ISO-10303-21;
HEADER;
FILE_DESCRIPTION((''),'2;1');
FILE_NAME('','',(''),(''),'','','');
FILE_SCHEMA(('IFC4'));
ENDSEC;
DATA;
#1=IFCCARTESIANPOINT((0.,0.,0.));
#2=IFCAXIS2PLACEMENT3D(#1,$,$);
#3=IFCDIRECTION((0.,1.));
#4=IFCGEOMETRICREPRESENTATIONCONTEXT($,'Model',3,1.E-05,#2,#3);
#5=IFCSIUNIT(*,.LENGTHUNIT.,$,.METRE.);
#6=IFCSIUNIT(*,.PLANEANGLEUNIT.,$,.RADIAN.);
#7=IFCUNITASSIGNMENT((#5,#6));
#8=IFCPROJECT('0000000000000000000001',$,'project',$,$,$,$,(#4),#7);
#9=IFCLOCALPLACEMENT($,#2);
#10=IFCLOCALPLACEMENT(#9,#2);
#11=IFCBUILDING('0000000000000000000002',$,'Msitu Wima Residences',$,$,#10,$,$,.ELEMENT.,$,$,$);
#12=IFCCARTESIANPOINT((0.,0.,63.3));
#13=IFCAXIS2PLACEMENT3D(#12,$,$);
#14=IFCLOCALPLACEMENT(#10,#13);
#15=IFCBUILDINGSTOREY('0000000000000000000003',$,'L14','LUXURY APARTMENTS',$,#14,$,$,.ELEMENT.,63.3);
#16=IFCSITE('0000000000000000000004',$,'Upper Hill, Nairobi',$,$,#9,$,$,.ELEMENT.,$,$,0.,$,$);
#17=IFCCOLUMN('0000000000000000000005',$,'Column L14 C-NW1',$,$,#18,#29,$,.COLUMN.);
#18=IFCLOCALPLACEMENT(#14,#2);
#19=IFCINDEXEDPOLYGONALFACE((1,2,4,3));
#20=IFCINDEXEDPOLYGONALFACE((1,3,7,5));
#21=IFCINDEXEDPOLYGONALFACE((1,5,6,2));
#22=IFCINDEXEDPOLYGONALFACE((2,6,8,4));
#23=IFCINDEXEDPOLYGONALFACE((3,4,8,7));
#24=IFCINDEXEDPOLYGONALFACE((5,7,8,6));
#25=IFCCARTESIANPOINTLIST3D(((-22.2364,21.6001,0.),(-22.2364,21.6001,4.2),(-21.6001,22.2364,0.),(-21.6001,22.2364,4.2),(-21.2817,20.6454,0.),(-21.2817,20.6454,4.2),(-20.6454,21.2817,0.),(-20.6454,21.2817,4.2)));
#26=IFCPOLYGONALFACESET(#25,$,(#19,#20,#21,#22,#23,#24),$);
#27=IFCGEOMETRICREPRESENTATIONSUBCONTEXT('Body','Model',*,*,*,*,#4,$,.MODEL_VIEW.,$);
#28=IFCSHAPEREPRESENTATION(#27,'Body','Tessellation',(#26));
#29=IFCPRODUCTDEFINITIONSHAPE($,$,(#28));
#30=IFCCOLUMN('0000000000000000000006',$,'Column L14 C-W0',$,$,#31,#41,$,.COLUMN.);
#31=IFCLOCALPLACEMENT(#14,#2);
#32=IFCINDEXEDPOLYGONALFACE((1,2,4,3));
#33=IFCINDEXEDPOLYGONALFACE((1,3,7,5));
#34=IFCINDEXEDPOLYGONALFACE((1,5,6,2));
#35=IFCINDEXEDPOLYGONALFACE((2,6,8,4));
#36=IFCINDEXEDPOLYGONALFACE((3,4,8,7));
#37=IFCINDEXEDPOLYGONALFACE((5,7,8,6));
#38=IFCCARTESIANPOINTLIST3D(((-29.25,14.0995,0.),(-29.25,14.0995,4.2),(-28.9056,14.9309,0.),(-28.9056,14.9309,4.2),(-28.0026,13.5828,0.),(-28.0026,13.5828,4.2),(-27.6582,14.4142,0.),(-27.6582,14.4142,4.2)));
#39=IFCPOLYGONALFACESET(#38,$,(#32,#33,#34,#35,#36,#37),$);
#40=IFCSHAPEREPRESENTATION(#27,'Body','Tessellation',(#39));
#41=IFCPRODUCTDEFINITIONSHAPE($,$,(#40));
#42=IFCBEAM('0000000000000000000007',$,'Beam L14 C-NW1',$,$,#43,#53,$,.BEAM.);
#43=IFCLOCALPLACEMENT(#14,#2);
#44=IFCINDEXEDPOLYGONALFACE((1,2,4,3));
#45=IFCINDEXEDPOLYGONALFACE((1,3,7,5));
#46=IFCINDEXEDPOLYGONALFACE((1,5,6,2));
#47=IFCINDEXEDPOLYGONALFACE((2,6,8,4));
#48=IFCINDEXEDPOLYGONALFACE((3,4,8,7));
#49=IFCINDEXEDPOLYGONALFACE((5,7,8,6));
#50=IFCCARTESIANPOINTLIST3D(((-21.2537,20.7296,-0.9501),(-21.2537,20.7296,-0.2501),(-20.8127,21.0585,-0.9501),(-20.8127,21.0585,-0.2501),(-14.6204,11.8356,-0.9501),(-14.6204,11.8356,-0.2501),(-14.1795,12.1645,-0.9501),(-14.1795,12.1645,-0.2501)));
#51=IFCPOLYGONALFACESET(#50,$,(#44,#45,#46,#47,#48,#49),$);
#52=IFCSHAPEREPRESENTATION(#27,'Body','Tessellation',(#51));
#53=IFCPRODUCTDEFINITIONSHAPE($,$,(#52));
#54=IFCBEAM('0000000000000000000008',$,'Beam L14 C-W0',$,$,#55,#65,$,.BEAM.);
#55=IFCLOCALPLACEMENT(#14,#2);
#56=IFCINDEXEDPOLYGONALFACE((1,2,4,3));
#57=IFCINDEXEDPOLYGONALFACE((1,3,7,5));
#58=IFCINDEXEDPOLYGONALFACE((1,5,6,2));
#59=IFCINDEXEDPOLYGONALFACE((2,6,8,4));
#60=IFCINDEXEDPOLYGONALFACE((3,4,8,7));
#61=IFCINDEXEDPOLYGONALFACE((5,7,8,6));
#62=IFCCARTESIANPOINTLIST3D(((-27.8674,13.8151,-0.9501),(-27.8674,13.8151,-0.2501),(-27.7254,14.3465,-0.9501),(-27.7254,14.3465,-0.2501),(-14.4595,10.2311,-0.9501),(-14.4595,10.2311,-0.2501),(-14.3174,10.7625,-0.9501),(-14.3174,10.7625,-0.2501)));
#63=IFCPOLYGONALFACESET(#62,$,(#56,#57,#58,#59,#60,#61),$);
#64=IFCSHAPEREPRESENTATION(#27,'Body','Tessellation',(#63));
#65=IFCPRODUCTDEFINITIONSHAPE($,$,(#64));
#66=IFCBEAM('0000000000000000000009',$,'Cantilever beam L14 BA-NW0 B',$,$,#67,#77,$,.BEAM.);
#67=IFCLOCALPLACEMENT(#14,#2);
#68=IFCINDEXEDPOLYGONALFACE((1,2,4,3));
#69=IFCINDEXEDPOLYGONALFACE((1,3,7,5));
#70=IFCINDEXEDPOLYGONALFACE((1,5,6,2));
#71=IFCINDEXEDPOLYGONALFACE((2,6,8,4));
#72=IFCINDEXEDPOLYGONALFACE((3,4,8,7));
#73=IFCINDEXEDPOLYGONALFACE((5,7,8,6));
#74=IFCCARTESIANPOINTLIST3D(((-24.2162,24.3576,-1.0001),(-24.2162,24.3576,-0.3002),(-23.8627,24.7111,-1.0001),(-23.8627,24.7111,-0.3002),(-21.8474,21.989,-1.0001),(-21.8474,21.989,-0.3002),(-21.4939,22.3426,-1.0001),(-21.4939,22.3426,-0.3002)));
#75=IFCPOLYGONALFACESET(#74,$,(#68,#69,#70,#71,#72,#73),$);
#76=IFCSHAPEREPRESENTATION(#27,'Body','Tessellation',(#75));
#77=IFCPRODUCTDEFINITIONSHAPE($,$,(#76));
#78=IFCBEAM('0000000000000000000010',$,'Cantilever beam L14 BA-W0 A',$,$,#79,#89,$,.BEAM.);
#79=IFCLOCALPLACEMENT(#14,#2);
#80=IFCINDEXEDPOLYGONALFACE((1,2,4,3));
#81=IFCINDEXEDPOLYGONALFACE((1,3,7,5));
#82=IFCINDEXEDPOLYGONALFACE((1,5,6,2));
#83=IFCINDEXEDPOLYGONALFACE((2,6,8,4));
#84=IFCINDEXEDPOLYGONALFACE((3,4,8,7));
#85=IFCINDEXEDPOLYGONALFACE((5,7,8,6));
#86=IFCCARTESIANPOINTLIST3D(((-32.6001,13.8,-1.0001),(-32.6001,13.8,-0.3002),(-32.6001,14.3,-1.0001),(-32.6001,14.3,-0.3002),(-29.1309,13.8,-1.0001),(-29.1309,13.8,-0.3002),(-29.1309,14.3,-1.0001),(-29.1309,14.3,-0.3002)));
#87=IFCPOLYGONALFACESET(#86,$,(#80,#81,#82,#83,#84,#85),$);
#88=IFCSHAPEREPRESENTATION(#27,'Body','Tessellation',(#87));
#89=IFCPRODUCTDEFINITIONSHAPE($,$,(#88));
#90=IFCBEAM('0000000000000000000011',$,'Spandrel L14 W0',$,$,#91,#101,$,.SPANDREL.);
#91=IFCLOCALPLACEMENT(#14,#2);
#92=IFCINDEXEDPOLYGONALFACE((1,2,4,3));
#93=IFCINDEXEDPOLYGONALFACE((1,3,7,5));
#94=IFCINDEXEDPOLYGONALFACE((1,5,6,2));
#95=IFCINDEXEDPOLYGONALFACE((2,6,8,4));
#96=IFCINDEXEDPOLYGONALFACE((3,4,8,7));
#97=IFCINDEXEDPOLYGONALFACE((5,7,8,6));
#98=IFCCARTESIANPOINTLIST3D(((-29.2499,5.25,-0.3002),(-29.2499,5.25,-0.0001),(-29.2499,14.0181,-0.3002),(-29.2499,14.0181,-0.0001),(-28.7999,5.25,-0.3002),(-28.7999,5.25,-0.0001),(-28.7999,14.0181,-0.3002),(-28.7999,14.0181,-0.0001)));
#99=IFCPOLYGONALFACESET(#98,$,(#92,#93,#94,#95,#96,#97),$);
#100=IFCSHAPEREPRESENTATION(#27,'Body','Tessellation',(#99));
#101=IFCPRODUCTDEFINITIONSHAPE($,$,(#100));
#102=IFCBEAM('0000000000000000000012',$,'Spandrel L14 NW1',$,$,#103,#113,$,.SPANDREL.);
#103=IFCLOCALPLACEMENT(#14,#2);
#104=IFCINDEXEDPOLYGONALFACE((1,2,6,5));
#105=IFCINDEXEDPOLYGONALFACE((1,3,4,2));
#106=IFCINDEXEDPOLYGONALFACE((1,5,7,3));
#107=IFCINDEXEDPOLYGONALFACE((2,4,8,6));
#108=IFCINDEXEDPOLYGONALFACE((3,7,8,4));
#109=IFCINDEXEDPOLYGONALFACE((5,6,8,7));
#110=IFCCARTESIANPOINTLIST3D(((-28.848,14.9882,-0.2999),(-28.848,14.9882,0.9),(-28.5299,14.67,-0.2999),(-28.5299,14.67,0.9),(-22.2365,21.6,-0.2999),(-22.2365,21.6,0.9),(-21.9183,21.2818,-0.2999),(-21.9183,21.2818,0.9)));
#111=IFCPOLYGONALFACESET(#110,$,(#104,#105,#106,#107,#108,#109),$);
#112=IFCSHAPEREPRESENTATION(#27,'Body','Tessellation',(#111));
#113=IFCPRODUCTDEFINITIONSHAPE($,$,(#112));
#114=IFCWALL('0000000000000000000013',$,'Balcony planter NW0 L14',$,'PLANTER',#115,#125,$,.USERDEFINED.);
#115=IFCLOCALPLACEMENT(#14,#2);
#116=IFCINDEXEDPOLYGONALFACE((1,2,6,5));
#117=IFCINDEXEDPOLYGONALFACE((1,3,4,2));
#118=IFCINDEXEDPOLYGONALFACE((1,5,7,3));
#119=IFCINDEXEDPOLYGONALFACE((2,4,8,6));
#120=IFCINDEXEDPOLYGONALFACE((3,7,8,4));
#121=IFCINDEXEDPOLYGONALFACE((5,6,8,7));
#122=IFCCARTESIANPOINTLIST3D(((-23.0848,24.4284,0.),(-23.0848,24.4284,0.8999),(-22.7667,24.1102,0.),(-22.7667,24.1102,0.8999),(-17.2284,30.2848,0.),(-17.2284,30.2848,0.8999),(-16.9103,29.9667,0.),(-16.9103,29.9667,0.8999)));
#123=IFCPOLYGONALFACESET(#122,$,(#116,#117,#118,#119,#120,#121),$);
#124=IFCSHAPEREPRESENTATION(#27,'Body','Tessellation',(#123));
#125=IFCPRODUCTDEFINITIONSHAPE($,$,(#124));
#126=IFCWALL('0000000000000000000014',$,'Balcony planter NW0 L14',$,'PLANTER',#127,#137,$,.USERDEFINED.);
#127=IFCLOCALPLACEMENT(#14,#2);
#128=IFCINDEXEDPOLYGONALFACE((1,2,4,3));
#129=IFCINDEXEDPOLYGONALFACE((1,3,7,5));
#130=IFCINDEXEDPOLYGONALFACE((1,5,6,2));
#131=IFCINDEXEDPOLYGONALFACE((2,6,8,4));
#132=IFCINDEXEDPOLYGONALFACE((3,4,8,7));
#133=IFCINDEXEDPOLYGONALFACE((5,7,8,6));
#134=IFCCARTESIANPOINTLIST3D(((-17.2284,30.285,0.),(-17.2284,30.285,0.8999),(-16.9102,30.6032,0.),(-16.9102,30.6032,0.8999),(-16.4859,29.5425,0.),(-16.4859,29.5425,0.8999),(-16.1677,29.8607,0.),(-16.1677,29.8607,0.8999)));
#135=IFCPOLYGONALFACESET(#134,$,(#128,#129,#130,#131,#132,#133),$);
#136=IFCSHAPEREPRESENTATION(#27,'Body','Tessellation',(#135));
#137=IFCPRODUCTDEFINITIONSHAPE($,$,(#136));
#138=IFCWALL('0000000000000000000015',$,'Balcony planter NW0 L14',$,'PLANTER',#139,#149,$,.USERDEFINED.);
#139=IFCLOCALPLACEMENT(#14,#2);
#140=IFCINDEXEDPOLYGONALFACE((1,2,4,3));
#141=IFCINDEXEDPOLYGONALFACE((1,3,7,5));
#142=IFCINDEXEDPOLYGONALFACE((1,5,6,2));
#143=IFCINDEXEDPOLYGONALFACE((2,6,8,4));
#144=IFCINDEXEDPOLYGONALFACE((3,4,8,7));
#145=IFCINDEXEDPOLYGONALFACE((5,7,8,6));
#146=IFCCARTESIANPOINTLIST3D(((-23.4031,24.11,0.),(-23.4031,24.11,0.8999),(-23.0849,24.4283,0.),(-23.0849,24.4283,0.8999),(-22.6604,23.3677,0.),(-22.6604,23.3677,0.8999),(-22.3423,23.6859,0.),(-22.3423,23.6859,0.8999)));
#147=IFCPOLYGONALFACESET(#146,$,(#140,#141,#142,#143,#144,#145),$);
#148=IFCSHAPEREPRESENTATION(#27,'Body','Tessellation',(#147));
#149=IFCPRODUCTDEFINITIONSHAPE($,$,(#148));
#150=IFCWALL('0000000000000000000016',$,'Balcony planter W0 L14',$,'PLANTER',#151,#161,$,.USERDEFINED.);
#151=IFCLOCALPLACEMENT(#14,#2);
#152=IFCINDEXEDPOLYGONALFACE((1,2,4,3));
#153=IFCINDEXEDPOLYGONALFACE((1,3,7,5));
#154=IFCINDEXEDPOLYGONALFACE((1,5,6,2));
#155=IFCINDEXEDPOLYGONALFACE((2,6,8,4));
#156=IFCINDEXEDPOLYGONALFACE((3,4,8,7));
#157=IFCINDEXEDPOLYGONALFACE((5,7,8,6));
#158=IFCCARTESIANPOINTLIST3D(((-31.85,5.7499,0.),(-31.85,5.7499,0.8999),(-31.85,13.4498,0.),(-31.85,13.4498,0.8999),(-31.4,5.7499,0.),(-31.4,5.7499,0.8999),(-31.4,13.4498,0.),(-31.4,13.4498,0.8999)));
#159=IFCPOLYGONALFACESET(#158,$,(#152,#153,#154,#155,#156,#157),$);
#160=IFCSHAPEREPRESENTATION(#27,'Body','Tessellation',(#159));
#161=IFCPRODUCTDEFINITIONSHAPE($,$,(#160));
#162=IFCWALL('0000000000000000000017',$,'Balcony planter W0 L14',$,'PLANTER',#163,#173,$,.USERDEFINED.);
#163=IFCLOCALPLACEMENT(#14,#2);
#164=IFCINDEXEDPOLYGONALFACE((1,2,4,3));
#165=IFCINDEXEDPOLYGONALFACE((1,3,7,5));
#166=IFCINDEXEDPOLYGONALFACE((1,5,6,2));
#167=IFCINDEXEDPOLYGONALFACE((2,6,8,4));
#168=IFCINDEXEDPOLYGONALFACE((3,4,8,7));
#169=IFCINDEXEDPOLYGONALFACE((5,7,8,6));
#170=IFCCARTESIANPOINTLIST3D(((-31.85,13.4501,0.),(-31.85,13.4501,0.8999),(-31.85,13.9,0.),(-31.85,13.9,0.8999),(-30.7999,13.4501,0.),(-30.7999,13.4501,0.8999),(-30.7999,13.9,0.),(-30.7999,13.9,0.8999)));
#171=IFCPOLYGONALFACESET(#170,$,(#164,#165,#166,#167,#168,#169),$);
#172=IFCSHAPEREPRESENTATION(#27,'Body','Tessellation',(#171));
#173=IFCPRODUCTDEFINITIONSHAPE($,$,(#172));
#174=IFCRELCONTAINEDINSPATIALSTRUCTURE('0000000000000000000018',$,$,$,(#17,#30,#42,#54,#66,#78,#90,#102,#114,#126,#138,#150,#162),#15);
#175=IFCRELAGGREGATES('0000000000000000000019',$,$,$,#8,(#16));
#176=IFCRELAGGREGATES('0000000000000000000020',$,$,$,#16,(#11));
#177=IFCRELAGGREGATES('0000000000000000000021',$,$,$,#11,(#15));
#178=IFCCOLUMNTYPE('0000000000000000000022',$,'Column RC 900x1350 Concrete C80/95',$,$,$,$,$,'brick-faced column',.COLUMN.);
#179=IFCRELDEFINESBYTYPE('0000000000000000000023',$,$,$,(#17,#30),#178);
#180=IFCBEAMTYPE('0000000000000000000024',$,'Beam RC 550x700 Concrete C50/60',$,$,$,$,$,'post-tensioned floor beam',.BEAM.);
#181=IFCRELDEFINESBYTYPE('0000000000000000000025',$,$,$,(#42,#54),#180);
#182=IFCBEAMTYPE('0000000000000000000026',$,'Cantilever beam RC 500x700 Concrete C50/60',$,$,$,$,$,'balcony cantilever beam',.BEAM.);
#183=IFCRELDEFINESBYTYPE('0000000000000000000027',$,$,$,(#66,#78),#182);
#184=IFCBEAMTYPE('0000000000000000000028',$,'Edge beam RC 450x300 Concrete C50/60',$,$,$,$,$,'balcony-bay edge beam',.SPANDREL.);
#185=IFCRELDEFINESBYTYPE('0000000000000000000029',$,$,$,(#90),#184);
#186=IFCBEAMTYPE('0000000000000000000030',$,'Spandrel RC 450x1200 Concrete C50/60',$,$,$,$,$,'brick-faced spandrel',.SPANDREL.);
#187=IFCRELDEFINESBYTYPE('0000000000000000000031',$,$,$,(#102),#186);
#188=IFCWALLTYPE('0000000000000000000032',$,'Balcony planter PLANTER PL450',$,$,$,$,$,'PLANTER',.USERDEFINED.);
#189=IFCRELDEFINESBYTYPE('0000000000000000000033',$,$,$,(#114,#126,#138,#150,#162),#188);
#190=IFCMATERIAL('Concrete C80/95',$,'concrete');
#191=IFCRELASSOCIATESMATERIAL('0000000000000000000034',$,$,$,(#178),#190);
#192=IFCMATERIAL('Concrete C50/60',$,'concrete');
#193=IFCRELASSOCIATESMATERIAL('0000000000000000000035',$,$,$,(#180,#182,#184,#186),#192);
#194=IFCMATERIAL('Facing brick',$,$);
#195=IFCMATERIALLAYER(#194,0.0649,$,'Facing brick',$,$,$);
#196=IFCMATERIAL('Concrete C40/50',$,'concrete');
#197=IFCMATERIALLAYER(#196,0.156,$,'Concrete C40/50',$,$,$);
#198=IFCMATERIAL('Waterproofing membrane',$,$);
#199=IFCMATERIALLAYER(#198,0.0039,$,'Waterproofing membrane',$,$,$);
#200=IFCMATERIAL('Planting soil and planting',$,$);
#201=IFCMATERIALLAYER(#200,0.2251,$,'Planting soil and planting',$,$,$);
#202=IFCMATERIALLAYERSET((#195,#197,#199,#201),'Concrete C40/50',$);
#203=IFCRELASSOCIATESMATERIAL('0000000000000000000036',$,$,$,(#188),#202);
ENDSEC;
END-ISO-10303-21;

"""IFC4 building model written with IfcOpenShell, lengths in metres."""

from ifc_helpers import new_model, si_unit, direction, frame, frame_2d, origin, origin_2d, place, context, subcontext, project, spatial, rectangle, extrude, material, layer, layer_set, material_profile, profile_set, type_object, element, save


model = new_model("IFC4")

# Units and contexts
model_context = context("Model", 3, precision=1e-05, world=origin(), true_north=direction((0.0, 1.0)))
body_context = subcontext(model_context, "Body", "Model", "MODEL_VIEW")
ifc_project = project(units=[si_unit("LENGTHUNIT", "METRE"), si_unit("PLANEANGLEUNIT", "RADIAN")], contexts=[model_context])

# Site, building, storey
site_placement = place(None, origin())
site = spatial("IfcSite", under=ifc_project, at=site_placement, Name="Upper Hill, Nairobi", CompositionType="ELEMENT", RefElevation=0.0)
building_placement = place(site_placement, origin())
building = spatial("IfcBuilding", under=site, at=building_placement, Name="Msitu Wima Residences", CompositionType="ELEMENT")
storey_placement = place(building_placement, frame((0.0, 0.0, 63.3)))
storey = spatial("IfcBuildingStorey", under=building, at=storey_placement, Name="L14", Description="LUXURY APARTMENTS", CompositionType="ELEMENT", Elevation=63.3)

# Columns
ifc_material_1 = material(Name="Concrete C80/95", Category="concrete")
ifc_material_profile_1 = material_profile(ifc_material_1, rectangle(XDim=0.8999, YDim=1.3501, at=origin_2d()), Name="RC 900x1350")
ifc_profile_set_1 = profile_set([ifc_material_profile_1], Name="Concrete C80/95")
column_type = type_object("IfcColumnType", Name="Column RC 900x1350 Concrete C80/95", ElementType="brick-faced column", PredefinedType="COLUMN", material=ifc_profile_set_1)
for number, where, z_axis, x_axis, name in (
    (1, (-21.4409, 21.4409, 0.0), (0.0, 0.0, 1.0), (-0.707107, -0.707107, 0.0), "Column L14 C-NW1"),
    (2, (-28.4541, 14.2568, 0.0), (0.0, 0.0, 1.0), (-0.382683, -0.92388, 0.0), "Column L14 C-W0"),
):
    element("IfcColumn", number, at=place(storey_placement, frame(where, z_axis=z_axis, x_axis=x_axis)), inside=storey, type_object=column_type, Name=name, PredefinedType="COLUMN", context=body_context, shape_type="SweptSolid", body=[
        extrude(rectangle(XDim=0.8999, YDim=1.3501, at=origin_2d()), origin(), (0.0, 0.0, 1.0), 4.2),
    ])

# Beams
ifc_material_2 = material(Name="Concrete C50/60", Category="concrete")
ifc_material_profile_2 = material_profile(ifc_material_2, rectangle(XDim=0.55, YDim=0.7, at=origin_2d()), Name="RC 550x700")
ifc_profile_set_2 = profile_set([ifc_material_profile_2], Name="Concrete C50/60")
beam_type_1 = type_object("IfcBeamType", Name="Beam RC 550x700 Concrete C50/60", ElementType="post-tensioned floor beam", PredefinedType="BEAM", material=ifc_profile_set_2)
beam_1_placement = place(storey_placement, frame((-21.0332, 20.894, -0.6001), z_axis=(0.59785, -0.801608, 0.0), x_axis=(0.801608, 0.59785, 0.0)))
element("IfcBeam", 3, at=beam_1_placement, inside=storey, type_object=beam_type_1, Name="Beam L14 C-NW1", PredefinedType="BEAM", context=body_context, shape_type="SweptSolid", body=[
    extrude(rectangle(XDim=0.55, YDim=0.7, at=origin_2d()), origin(), (0.0, 0.0, 1.0), 11.0952),
])
beam_2_placement = place(storey_placement, frame((-27.7964, 14.0808, -0.6001), z_axis=(0.966082, -0.258236, 0.0), x_axis=(0.258236, 0.966082, 0.0)))
element("IfcBeam", 4, at=beam_2_placement, inside=storey, type_object=beam_type_1, Name="Beam L14 C-W0", PredefinedType="BEAM", context=body_context, shape_type="SweptSolid", body=[
    extrude(rectangle(XDim=0.55, YDim=0.7, at=origin_2d()), origin(), (0.0, 0.0, 1.0), 13.8787),
])
ifc_material_profile_3 = material_profile(ifc_material_2, rectangle(XDim=0.5, YDim=0.7, at=origin_2d()), Name="RC 500x700")
ifc_profile_set_3 = profile_set([ifc_material_profile_3], Name="Concrete C50/60")
beam_type_2 = type_object("IfcBeamType", Name="Cantilever beam RC 500x700 Concrete C50/60", ElementType="balcony cantilever beam", PredefinedType="BEAM", material=ifc_profile_set_3)
beam_3_placement = place(storey_placement, frame((-21.6707, 22.1658, -0.6501), z_axis=(-0.707143, 0.70707, 0.0), x_axis=(-0.70707, -0.707143, 0.0)))
element("IfcBeam", 5, at=beam_3_placement, inside=storey, type_object=beam_type_2, Name="Cantilever beam L14 BA-NW0 B", PredefinedType="BEAM", context=body_context, shape_type="SweptSolid", body=[
    extrude(rectangle(XDim=0.5, YDim=0.7, at=origin_2d()), origin(), (0.0, 0.0, 1.0), 3.3499),
])
beam_4_placement = place(storey_placement, frame((-29.1309, 14.05, -0.6501), z_axis=(-1.0, 0.0, 0.0), x_axis=(0.0, -1.0, 0.0)))
element("IfcBeam", 6, at=beam_4_placement, inside=storey, type_object=beam_type_2, Name="Cantilever beam L14 BA-W0 A", PredefinedType="BEAM", context=body_context, shape_type="SweptSolid", body=[
    extrude(rectangle(XDim=0.5, YDim=0.7, at=origin_2d()), origin(), (0.0, 0.0, 1.0), 3.4692),
])
ifc_material_profile_4 = material_profile(ifc_material_2, rectangle(XDim=0.45, YDim=0.3, at=origin_2d()), Name="RC 450x300")
ifc_profile_set_4 = profile_set([ifc_material_profile_4], Name="Concrete C50/60")
beam_type_3 = type_object("IfcBeamType", Name="Edge beam RC 450x300 Concrete C50/60", ElementType="balcony-bay edge beam", PredefinedType="SPANDREL", material=ifc_profile_set_4)
beam_5_placement = place(storey_placement, frame((-29.0249, 14.0181, -0.1501), z_axis=(0.0, -1.0, 0.0), x_axis=(1.0, 0.0, 0.0)))
element("IfcBeam", 7, at=beam_5_placement, inside=storey, type_object=beam_type_3, Name="Spandrel L14 W0", PredefinedType="SPANDREL", context=body_context, shape_type="SweptSolid", body=[
    extrude(rectangle(XDim=0.45, YDim=0.3, at=origin_2d()), origin(), (0.0, 0.0, 1.0), 8.7681),
])
ifc_material_profile_5 = material_profile(ifc_material_2, rectangle(XDim=0.45, YDim=1.2, at=origin_2d()), Name="RC 450x1200")
ifc_profile_set_5 = profile_set([ifc_material_profile_5], Name="Concrete C50/60")
beam_type_4 = type_object("IfcBeamType", Name="Spandrel RC 450x1200 Concrete C50/60", ElementType="brick-faced spandrel", PredefinedType="SPANDREL", material=ifc_profile_set_5)
beam_6_placement = place(storey_placement, frame((-22.0774, 21.4409, 0.3), z_axis=(-0.707094, -0.70712, 0.0), x_axis=(0.70712, -0.707094, 0.0)))
element("IfcBeam", 8, at=beam_6_placement, inside=storey, type_object=beam_type_4, Name="Spandrel L14 NW1", PredefinedType="SPANDREL", context=body_context, shape_type="SweptSolid", body=[
    extrude(rectangle(XDim=0.45, YDim=1.2, at=origin_2d()), origin(), (0.0, 0.0, 1.0), 9.3503),
])

# Walls
ifc_material_3 = material(Name="Facing brick")
ifc_layer_1 = layer(ifc_material_3, 0.0649, Name="Facing brick")
ifc_material_4 = material(Name="Concrete C40/50", Category="concrete")
ifc_layer_2 = layer(ifc_material_4, 0.156, Name="Concrete C40/50")
ifc_material_5 = material(Name="Waterproofing membrane")
ifc_layer_3 = layer(ifc_material_5, 0.0039, Name="Waterproofing membrane")
ifc_material_6 = material(Name="Planting soil and planting")
ifc_layer_4 = layer(ifc_material_6, 0.2251, Name="Planting soil and planting")
ifc_layer_set_1 = layer_set([ifc_layer_1, ifc_layer_2, ifc_layer_3, ifc_layer_4], Name="Concrete C40/50")
wall_type_1 = type_object("IfcWallType", Name="Balcony planter PLANTER PL450", ElementType="PLANTER", PredefinedType="USERDEFINED", material=ifc_layer_set_1)
wall_1_placement = place(storey_placement, frame((-17.0693, 30.1257, 0.0), z_axis=(0.0, 0.0, 1.0), x_axis=(-0.707107, -0.707107, 0.0)))
element("IfcWall", 9, at=wall_1_placement, inside=storey, type_object=wall_type_1, Name="Balcony planter NW0 L14", ObjectType="PLANTER", PredefinedType="USERDEFINED", context=body_context, shape_type="SweptSolid", body=[
    extrude(rectangle(XDim=8.2822, YDim=0.45, at=frame_2d((4.1411, 0.0))), origin(), (0.0, 0.0, 1.0), 0.8999),
])
for number, where, z_axis, x_axis, name in (
    (10, (-16.3269, 29.7017, 0.0), (0.0, 0.0, 1.0), (-0.707107, 0.707107, 0.0), "Balcony planter NW0 L14"),
    (11, (-22.5015, 23.5269, 0.0), (0.0, 0.0, 1.0), (-0.707223, 0.706991, 0.0), "Balcony planter NW0 L14"),
):
    element("IfcWall", number, at=place(storey_placement, frame(where, z_axis=z_axis, x_axis=x_axis)), inside=storey, type_object=wall_type_1, Name=name, ObjectType="PLANTER", PredefinedType="USERDEFINED", context=body_context, shape_type="SweptSolid", body=[
        extrude(rectangle(XDim=1.05, YDim=0.45, at=frame_2d((0.5249, 0.0))), origin(), (0.0, 0.0, 1.0), 0.8999),
    ])
wall_2_placement = place(storey_placement, frame((-31.625, 13.45, 0.0), z_axis=(0.0, 0.0, 1.0), x_axis=(0.0, -1.0, 0.0)))
element("IfcWall", 12, at=wall_2_placement, inside=storey, type_object=wall_type_1, Name="Balcony planter W0 L14", ObjectType="PLANTER", PredefinedType="USERDEFINED", context=body_context, shape_type="SweptSolid", body=[
    extrude(rectangle(XDim=7.7, YDim=0.45, at=frame_2d((3.8501, 0.0))), origin(), (0.0, 0.0, 1.0), 0.8999),
])
wall_3_placement = place(storey_placement, frame((-30.8, 13.675, 0.0), z_axis=(0.0, 0.0, 1.0), x_axis=(-1.0, 0.0, 0.0)))
element("IfcWall", 13, at=wall_3_placement, inside=storey, type_object=wall_type_1, Name="Balcony planter W0 L14", ObjectType="PLANTER", PredefinedType="USERDEFINED", context=body_context, shape_type="SweptSolid", body=[
    extrude(rectangle(XDim=1.05, YDim=0.45, at=frame_2d((0.5249, 0.0))), origin(), (0.0, 0.0, 1.0), 0.8999),
])

save(model, "model.ifc")
